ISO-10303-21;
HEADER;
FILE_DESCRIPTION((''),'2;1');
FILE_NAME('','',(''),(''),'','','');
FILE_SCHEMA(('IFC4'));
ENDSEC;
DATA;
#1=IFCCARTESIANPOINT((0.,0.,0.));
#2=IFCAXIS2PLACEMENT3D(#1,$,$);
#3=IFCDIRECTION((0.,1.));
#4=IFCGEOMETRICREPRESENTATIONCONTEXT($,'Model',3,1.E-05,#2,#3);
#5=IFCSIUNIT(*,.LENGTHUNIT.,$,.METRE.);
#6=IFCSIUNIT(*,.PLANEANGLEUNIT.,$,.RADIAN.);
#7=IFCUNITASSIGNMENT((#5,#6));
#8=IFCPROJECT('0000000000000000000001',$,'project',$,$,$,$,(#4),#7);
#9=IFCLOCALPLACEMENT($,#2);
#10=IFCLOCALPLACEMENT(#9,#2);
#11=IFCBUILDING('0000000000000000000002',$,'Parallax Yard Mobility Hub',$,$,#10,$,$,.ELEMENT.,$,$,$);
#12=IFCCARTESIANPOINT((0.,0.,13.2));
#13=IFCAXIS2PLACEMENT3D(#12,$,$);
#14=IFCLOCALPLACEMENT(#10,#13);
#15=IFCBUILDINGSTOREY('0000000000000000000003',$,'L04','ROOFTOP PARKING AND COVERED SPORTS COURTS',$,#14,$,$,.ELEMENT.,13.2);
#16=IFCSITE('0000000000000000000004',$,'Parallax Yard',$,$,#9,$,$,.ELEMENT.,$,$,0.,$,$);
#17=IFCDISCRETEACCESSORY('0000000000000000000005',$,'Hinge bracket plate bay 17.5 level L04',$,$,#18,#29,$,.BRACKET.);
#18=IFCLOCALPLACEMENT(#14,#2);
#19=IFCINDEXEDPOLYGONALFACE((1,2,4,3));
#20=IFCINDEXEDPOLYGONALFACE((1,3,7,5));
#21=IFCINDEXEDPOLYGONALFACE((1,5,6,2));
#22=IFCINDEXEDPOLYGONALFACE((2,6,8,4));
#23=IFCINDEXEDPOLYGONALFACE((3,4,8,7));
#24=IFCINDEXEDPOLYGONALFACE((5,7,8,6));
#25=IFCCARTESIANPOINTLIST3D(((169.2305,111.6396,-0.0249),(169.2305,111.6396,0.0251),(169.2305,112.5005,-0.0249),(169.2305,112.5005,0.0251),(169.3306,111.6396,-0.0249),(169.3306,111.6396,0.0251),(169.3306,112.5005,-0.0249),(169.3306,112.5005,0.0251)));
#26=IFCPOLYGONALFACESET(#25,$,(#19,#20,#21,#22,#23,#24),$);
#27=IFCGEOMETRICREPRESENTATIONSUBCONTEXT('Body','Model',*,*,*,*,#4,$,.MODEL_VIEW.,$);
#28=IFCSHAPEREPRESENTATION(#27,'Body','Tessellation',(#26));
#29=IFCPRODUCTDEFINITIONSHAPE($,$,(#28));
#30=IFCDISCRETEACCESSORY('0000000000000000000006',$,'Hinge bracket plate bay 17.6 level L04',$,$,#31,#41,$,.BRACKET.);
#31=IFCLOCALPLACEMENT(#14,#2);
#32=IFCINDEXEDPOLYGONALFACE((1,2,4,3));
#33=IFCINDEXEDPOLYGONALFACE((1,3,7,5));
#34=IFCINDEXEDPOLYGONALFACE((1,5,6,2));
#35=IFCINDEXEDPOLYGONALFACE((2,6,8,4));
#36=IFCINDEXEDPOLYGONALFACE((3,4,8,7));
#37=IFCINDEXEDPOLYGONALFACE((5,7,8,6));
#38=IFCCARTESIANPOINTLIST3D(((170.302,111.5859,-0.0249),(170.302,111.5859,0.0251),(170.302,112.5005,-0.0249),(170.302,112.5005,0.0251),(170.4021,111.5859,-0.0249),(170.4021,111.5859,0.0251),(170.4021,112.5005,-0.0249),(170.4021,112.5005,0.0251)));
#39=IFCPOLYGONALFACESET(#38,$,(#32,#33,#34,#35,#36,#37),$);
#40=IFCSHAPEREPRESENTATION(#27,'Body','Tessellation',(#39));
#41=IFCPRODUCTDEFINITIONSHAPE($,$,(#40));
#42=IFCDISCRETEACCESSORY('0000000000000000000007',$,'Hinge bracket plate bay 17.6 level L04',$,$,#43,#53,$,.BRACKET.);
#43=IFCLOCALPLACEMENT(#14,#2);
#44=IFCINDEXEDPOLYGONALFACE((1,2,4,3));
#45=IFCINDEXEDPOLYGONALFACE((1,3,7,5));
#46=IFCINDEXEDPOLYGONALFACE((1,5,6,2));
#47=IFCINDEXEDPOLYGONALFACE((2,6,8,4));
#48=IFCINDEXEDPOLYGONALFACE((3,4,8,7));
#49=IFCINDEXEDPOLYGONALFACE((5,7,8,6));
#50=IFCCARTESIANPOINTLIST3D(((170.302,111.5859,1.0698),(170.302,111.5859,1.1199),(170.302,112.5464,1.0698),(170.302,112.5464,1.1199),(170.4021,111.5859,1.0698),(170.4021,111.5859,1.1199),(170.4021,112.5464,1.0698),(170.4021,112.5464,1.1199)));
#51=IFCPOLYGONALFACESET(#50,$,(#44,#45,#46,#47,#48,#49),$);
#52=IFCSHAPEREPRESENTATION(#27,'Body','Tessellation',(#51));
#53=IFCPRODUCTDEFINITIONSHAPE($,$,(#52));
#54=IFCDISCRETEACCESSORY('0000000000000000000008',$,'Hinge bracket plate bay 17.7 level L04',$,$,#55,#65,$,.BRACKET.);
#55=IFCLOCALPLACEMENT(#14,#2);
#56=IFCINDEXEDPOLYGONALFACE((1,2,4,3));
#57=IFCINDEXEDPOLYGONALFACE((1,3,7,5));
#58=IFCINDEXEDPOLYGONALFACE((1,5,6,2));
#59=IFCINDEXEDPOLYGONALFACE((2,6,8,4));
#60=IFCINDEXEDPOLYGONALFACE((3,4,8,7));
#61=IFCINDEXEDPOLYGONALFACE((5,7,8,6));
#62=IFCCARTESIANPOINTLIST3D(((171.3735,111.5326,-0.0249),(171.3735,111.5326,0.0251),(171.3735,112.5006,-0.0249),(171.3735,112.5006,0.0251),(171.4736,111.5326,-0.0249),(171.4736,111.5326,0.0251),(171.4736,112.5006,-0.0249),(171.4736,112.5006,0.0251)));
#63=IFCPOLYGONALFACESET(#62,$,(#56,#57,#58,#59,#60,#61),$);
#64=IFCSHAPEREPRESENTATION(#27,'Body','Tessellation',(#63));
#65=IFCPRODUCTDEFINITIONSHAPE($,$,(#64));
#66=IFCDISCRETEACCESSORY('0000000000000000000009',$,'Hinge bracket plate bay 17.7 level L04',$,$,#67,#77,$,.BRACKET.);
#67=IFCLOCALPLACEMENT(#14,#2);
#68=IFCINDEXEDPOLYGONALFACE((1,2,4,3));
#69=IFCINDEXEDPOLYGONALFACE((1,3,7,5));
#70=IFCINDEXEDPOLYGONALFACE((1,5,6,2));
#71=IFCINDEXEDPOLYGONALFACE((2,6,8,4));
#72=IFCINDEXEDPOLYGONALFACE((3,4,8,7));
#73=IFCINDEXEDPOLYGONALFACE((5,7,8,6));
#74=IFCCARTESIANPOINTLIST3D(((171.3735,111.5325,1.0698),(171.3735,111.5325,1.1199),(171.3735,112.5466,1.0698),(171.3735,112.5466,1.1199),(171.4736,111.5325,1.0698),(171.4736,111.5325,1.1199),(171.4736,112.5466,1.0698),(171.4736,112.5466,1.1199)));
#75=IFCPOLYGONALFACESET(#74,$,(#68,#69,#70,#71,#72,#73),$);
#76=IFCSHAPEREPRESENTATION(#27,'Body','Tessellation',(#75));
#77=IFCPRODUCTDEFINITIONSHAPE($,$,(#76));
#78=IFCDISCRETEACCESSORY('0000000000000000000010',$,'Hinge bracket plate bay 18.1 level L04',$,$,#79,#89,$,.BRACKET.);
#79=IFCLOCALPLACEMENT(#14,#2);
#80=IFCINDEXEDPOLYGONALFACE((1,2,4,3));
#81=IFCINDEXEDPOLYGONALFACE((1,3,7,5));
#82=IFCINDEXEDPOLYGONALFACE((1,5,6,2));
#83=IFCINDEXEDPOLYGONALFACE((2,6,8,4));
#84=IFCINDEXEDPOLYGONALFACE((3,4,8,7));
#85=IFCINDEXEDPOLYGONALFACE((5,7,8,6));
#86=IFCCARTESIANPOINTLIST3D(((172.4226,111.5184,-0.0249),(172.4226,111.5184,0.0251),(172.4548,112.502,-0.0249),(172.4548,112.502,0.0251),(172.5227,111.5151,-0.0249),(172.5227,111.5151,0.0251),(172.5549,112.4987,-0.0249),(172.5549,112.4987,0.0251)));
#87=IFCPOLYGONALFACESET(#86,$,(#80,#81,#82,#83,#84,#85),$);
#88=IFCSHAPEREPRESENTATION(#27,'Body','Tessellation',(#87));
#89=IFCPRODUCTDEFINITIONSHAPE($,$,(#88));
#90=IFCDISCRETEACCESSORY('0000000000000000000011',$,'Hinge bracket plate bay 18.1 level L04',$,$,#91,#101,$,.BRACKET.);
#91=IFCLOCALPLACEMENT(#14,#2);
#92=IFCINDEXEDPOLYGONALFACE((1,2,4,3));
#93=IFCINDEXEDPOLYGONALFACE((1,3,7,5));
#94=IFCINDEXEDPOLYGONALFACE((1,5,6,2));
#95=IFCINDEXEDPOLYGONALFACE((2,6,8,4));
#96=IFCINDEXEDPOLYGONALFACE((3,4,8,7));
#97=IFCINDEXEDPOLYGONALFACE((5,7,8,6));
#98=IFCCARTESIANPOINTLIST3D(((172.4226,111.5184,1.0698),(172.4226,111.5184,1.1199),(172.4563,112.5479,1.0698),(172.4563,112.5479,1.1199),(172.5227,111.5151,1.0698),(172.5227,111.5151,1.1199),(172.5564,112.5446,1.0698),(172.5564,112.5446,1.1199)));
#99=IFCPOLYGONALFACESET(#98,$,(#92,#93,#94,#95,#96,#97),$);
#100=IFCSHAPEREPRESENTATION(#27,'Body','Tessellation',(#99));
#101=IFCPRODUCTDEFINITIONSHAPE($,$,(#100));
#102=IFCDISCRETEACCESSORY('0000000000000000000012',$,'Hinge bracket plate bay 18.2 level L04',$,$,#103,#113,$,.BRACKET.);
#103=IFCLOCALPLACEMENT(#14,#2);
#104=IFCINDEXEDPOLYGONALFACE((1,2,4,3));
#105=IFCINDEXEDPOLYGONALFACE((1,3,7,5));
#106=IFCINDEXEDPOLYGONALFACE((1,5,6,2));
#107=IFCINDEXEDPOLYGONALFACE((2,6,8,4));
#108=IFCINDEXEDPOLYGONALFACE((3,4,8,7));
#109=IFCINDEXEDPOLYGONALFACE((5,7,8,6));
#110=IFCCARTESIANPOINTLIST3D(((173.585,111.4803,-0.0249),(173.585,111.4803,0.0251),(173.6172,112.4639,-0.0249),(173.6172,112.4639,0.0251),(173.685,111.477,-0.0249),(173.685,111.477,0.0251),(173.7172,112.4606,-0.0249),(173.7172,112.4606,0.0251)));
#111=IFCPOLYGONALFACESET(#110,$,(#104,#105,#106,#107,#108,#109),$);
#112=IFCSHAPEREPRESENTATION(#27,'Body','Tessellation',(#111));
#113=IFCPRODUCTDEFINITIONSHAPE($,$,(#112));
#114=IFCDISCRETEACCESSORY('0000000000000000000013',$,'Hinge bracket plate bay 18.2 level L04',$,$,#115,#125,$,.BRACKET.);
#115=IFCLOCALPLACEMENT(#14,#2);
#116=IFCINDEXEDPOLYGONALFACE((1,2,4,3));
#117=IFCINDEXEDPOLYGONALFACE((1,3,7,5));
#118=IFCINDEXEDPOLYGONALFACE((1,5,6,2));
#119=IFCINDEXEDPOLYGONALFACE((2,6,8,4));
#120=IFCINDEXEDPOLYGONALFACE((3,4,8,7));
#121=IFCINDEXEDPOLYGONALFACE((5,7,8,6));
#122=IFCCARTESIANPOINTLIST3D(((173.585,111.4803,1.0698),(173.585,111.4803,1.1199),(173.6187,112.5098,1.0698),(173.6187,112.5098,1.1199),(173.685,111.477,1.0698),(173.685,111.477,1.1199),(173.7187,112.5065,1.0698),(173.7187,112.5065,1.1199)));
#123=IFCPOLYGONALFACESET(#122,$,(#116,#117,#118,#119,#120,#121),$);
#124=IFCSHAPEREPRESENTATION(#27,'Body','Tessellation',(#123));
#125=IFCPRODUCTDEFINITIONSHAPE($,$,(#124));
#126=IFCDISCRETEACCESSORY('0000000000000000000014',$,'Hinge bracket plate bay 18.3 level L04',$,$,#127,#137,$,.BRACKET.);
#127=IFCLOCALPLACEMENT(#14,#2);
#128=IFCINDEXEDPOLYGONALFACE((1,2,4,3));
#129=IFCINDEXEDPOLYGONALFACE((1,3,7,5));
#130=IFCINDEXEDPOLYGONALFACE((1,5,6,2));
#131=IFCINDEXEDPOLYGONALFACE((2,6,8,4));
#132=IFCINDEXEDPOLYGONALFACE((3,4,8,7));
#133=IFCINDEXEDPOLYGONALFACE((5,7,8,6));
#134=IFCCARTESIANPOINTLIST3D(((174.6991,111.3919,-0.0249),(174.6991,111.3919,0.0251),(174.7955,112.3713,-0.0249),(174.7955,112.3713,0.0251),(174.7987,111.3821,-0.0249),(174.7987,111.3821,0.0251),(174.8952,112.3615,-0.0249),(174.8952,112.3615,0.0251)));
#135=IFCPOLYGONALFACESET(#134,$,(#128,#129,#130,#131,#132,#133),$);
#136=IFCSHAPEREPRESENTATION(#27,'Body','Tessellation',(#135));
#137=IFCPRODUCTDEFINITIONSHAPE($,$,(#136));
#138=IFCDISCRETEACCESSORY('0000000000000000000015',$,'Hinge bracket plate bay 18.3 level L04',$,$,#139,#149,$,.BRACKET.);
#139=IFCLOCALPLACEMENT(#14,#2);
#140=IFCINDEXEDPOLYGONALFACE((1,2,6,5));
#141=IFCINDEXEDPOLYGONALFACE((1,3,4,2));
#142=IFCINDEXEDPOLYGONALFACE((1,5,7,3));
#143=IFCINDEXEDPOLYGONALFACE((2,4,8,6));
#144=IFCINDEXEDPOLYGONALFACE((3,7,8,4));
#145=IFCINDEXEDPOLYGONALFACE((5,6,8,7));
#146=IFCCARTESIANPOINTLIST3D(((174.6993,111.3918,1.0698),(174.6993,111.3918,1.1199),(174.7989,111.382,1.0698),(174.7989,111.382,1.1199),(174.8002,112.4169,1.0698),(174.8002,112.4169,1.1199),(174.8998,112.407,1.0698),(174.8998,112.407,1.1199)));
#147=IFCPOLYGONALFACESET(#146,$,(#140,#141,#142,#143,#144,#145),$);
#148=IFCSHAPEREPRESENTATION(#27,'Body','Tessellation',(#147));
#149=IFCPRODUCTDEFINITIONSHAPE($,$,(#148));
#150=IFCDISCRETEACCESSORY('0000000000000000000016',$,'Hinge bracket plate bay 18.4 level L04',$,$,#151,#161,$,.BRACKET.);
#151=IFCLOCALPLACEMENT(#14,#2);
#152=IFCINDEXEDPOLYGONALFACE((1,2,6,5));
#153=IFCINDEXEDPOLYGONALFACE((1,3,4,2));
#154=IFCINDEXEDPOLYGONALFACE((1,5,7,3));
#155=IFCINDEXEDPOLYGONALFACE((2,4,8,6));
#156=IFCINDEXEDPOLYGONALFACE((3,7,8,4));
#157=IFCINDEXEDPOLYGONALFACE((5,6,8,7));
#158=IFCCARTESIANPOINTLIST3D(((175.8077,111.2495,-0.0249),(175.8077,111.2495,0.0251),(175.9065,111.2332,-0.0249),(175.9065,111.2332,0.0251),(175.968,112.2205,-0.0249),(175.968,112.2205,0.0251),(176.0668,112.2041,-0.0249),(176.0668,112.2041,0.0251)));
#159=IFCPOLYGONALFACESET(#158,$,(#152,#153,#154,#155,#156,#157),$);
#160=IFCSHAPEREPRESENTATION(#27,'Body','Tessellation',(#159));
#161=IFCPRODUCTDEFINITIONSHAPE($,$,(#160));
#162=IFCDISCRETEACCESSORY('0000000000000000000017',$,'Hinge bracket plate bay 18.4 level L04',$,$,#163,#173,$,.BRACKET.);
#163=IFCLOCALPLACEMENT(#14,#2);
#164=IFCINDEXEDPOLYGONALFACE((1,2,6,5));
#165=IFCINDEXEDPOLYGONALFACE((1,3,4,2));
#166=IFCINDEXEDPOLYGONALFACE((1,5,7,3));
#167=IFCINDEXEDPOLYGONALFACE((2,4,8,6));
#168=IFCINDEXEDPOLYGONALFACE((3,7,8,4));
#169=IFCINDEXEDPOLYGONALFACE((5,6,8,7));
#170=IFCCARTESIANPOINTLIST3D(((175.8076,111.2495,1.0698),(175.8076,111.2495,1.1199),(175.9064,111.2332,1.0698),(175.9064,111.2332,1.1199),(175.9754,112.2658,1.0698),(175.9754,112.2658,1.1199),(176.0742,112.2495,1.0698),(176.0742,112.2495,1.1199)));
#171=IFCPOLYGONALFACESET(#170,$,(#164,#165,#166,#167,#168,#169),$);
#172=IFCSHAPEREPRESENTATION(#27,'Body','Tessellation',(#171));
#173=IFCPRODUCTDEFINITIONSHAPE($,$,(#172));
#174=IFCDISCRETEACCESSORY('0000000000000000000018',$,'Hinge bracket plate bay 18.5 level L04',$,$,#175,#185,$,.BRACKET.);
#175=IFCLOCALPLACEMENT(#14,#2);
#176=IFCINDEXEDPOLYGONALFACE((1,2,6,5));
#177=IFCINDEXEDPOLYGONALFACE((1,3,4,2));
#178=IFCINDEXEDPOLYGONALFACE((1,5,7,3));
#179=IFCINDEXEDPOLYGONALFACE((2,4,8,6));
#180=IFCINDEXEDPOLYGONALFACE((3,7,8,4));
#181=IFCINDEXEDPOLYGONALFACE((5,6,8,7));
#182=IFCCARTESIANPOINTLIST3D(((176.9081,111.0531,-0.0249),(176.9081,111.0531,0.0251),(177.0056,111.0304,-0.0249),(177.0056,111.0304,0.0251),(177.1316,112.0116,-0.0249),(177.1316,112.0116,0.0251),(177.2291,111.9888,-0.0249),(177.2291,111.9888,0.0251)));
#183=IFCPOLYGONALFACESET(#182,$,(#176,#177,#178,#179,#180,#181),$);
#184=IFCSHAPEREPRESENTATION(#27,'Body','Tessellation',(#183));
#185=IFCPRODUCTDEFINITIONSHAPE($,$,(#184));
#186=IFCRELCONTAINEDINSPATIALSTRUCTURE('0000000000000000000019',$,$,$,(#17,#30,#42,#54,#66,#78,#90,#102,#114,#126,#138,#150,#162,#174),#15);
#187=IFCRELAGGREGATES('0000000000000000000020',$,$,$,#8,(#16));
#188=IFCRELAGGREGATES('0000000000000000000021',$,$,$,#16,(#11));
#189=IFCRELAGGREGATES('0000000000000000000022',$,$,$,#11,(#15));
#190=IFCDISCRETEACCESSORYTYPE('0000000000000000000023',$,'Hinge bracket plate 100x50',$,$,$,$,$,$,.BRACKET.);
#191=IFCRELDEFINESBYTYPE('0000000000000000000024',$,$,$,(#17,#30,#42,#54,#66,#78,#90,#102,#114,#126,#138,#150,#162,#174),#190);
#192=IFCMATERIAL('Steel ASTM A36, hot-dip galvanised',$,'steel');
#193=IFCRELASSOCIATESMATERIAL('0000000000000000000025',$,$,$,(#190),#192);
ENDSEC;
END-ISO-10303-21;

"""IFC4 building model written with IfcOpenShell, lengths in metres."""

from ifc_helpers import new_model, si_unit, direction, frame, origin, origin_2d, place, context, subcontext, project, spatial, rectangle, extrude, material, type_object, element, save


model = new_model("IFC4")

# Units and contexts
model_context = context("Model", 3, precision=1e-05, world=origin(), true_north=direction((0.0, 1.0)))
body_context = subcontext(model_context, "Body", "Model", "MODEL_VIEW")
ifc_project = project(units=[si_unit("LENGTHUNIT", "METRE"), si_unit("PLANEANGLEUNIT", "RADIAN")], contexts=[model_context])

# Site, building, storey
site_placement = place(None, origin())
site = spatial("IfcSite", under=ifc_project, at=site_placement, Name="Parallax Yard", CompositionType="ELEMENT", RefElevation=0.0)
building_placement = place(site_placement, origin())
building = spatial("IfcBuilding", under=site, at=building_placement, Name="Parallax Yard Mobility Hub", CompositionType="ELEMENT")
storey_placement = place(building_placement, frame((0.0, 0.0, 13.2)))
storey = spatial("IfcBuildingStorey", under=building, at=storey_placement, Name="L04", Description="ROOFTOP PARKING AND COVERED SPORTS COURTS", CompositionType="ELEMENT", Elevation=13.2)

# Discrete accessories
ifc_material_1 = material(Name="Steel ASTM A36, hot-dip galvanised", Category="steel")
discrete_accessory_type_1 = type_object("IfcDiscreteAccessoryType", Name="Hinge bracket plate 100x50", PredefinedType="BRACKET", material=ifc_material_1)
discrete_accessory_1_placement = place(storey_placement, frame((169.2805, 112.0701, -0.0249), z_axis=(0.0, 0.0, 1.0), x_axis=(0.0, -1.0, 0.0)))
element("IfcDiscreteAccessory", 1, at=discrete_accessory_1_placement, inside=storey, type_object=discrete_accessory_type_1, Name="Hinge bracket plate bay 17.5 level L04", PredefinedType="BRACKET", context=body_context, shape_type="SweptSolid", body=[
    extrude(rectangle(XDim=0.8608, YDim=0.1001, at=origin_2d()), origin(), (0.0, 0.0, 1.0), 0.05),
])
discrete_accessory_2_placement = place(storey_placement, frame((170.3521, 112.0432, -0.0249), z_axis=(0.0, 0.0, 1.0), x_axis=(0.0, -1.0, 0.0)))
element("IfcDiscreteAccessory", 2, at=discrete_accessory_2_placement, inside=storey, type_object=discrete_accessory_type_1, Name="Hinge bracket plate bay 17.6 level L04", PredefinedType="BRACKET", context=body_context, shape_type="SweptSolid", body=[
    extrude(rectangle(XDim=0.9146, YDim=0.1001, at=origin_2d()), origin(), (0.0, 0.0, 1.0), 0.05),
])
discrete_accessory_3_placement = place(storey_placement, frame((170.3521, 112.0662, 1.0698), z_axis=(0.0, 0.0, 1.0), x_axis=(0.0, -1.0, 0.0)))
element("IfcDiscreteAccessory", 3, at=discrete_accessory_3_placement, inside=storey, type_object=discrete_accessory_type_1, Name="Hinge bracket plate bay 17.6 level L04", PredefinedType="BRACKET", context=body_context, shape_type="SweptSolid", body=[
    extrude(rectangle(XDim=0.9604, YDim=0.1001, at=origin_2d()), origin(), (0.0, 0.0, 1.0), 0.05),
])
discrete_accessory_4_placement = place(storey_placement, frame((171.4236, 112.0166, -0.0249), z_axis=(0.0, 0.0, 1.0), x_axis=(0.0, -1.0, 0.0)))
element("IfcDiscreteAccessory", 4, at=discrete_accessory_4_placement, inside=storey, type_object=discrete_accessory_type_1, Name="Hinge bracket plate bay 17.7 level L04", PredefinedType="BRACKET", context=body_context, shape_type="SweptSolid", body=[
    extrude(rectangle(XDim=0.968, YDim=0.1001, at=origin_2d()), origin(), (0.0, 0.0, 1.0), 0.05),
])
discrete_accessory_5_placement = place(storey_placement, frame((171.4236, 112.0396, 1.0698), z_axis=(0.0, 0.0, 1.0), x_axis=(0.0, -1.0, 0.0)))
element("IfcDiscreteAccessory", 5, at=discrete_accessory_5_placement, inside=storey, type_object=discrete_accessory_type_1, Name="Hinge bracket plate bay 17.7 level L04", PredefinedType="BRACKET", context=body_context, shape_type="SweptSolid", body=[
    extrude(rectangle(XDim=1.0142, YDim=0.1001, at=origin_2d()), origin(), (0.0, 0.0, 1.0), 0.05),
])
discrete_accessory_6_placement = place(storey_placement, frame((172.4888, 112.0085, -0.0249), z_axis=(0.0, 0.0, 1.0), x_axis=(-0.032719, -0.999465, 0.0)))
element("IfcDiscreteAccessory", 6, at=discrete_accessory_6_placement, inside=storey, type_object=discrete_accessory_type_1, Name="Hinge bracket plate bay 18.1 level L04", PredefinedType="BRACKET", context=body_context, shape_type="SweptSolid", body=[
    extrude(rectangle(XDim=0.9841, YDim=0.1001, at=origin_2d()), origin(), (0.0, 0.0, 1.0), 0.05),
])
discrete_accessory_7_placement = place(storey_placement, frame((172.4895, 112.0315, 1.0698), z_axis=(0.0, 0.0, 1.0), x_axis=(-0.032719, -0.999465, 0.0)))
element("IfcDiscreteAccessory", 7, at=discrete_accessory_7_placement, inside=storey, type_object=discrete_accessory_type_1, Name="Hinge bracket plate bay 18.1 level L04", PredefinedType="BRACKET", context=body_context, shape_type="SweptSolid", body=[
    extrude(rectangle(XDim=1.03, YDim=0.1001, at=origin_2d()), origin(), (0.0, 0.0, 1.0), 0.05),
])
discrete_accessory_8_placement = place(storey_placement, frame((173.6511, 111.9705, -0.0249), z_axis=(0.0, 0.0, 1.0), x_axis=(-0.032719, -0.999465, 0.0)))
element("IfcDiscreteAccessory", 8, at=discrete_accessory_8_placement, inside=storey, type_object=discrete_accessory_type_1, Name="Hinge bracket plate bay 18.2 level L04", PredefinedType="BRACKET", context=body_context, shape_type="SweptSolid", body=[
    extrude(rectangle(XDim=0.9841, YDim=0.1001, at=origin_2d()), origin(), (0.0, 0.0, 1.0), 0.05),
])
discrete_accessory_9_placement = place(storey_placement, frame((173.6519, 111.9934, 1.0698), z_axis=(0.0, 0.0, 1.0), x_axis=(-0.032719, -0.999465, 0.0)))
element("IfcDiscreteAccessory", 9, at=discrete_accessory_9_placement, inside=storey, type_object=discrete_accessory_type_1, Name="Hinge bracket plate bay 18.2 level L04", PredefinedType="BRACKET", context=body_context, shape_type="SweptSolid", body=[
    extrude(rectangle(XDim=1.03, YDim=0.1001, at=origin_2d()), origin(), (0.0, 0.0, 1.0), 0.05),
])
discrete_accessory_10_placement = place(storey_placement, frame((174.7971, 111.8767, -0.0249), z_axis=(0.0, 0.0, 1.0), x_axis=(-0.098017, -0.995185, 0.0)))
element("IfcDiscreteAccessory", 10, at=discrete_accessory_10_placement, inside=storey, type_object=discrete_accessory_type_1, Name="Hinge bracket plate bay 18.3 level L04", PredefinedType="BRACKET", context=body_context, shape_type="SweptSolid", body=[
    extrude(rectangle(XDim=0.9841, YDim=0.1001, at=origin_2d()), origin(), (0.0, 0.0, 1.0), 0.05),
])
discrete_accessory_11_placement = place(storey_placement, frame((174.7996, 111.8994, 1.0698), z_axis=(0.0, 0.0, 1.0), x_axis=(-0.098017, -0.995185, 0.0)))
element("IfcDiscreteAccessory", 11, at=discrete_accessory_11_placement, inside=storey, type_object=discrete_accessory_type_1, Name="Hinge bracket plate bay 18.3 level L04", PredefinedType="BRACKET", context=body_context, shape_type="SweptSolid", body=[
    extrude(rectangle(XDim=1.03, YDim=0.1001, at=origin_2d()), origin(), (0.0, 0.0, 1.0), 0.05),
])
discrete_accessory_12_placement = place(storey_placement, frame((175.9373, 111.7268, -0.0249), z_axis=(0.0, 0.0, 1.0), x_axis=(-0.162895, -0.986643, 0.0)))
element("IfcDiscreteAccessory", 12, at=discrete_accessory_12_placement, inside=storey, type_object=discrete_accessory_type_1, Name="Hinge bracket plate bay 18.4 level L04", PredefinedType="BRACKET", context=body_context, shape_type="SweptSolid", body=[
    extrude(rectangle(XDim=0.9841, YDim=0.1001, at=origin_2d()), origin(), (0.0, 0.0, 1.0), 0.05),
])
discrete_accessory_13_placement = place(storey_placement, frame((175.9409, 111.7495, 1.0698), z_axis=(0.0, 0.0, 1.0), x_axis=(-0.162895, -0.986643, 0.0)))
element("IfcDiscreteAccessory", 13, at=discrete_accessory_13_placement, inside=storey, type_object=discrete_accessory_type_1, Name="Hinge bracket plate bay 18.4 level L04", PredefinedType="BRACKET", context=body_context, shape_type="SweptSolid", body=[
    extrude(rectangle(XDim=1.03, YDim=0.1001, at=origin_2d()), origin(), (0.0, 0.0, 1.0), 0.05),
])
discrete_accessory_14_placement = place(storey_placement, frame((177.0686, 111.521, -0.0249), z_axis=(0.0, 0.0, 1.0), x_axis=(-0.227076, -0.973877, 0.0)))
element("IfcDiscreteAccessory", 14, at=discrete_accessory_14_placement, inside=storey, type_object=discrete_accessory_type_1, Name="Hinge bracket plate bay 18.5 level L04", PredefinedType="BRACKET", context=body_context, shape_type="SweptSolid", body=[
    extrude(rectangle(XDim=0.9841, YDim=0.1001, at=origin_2d()), origin(), (0.0, 0.0, 1.0), 0.05),
])

save(model, "model.ifc")
